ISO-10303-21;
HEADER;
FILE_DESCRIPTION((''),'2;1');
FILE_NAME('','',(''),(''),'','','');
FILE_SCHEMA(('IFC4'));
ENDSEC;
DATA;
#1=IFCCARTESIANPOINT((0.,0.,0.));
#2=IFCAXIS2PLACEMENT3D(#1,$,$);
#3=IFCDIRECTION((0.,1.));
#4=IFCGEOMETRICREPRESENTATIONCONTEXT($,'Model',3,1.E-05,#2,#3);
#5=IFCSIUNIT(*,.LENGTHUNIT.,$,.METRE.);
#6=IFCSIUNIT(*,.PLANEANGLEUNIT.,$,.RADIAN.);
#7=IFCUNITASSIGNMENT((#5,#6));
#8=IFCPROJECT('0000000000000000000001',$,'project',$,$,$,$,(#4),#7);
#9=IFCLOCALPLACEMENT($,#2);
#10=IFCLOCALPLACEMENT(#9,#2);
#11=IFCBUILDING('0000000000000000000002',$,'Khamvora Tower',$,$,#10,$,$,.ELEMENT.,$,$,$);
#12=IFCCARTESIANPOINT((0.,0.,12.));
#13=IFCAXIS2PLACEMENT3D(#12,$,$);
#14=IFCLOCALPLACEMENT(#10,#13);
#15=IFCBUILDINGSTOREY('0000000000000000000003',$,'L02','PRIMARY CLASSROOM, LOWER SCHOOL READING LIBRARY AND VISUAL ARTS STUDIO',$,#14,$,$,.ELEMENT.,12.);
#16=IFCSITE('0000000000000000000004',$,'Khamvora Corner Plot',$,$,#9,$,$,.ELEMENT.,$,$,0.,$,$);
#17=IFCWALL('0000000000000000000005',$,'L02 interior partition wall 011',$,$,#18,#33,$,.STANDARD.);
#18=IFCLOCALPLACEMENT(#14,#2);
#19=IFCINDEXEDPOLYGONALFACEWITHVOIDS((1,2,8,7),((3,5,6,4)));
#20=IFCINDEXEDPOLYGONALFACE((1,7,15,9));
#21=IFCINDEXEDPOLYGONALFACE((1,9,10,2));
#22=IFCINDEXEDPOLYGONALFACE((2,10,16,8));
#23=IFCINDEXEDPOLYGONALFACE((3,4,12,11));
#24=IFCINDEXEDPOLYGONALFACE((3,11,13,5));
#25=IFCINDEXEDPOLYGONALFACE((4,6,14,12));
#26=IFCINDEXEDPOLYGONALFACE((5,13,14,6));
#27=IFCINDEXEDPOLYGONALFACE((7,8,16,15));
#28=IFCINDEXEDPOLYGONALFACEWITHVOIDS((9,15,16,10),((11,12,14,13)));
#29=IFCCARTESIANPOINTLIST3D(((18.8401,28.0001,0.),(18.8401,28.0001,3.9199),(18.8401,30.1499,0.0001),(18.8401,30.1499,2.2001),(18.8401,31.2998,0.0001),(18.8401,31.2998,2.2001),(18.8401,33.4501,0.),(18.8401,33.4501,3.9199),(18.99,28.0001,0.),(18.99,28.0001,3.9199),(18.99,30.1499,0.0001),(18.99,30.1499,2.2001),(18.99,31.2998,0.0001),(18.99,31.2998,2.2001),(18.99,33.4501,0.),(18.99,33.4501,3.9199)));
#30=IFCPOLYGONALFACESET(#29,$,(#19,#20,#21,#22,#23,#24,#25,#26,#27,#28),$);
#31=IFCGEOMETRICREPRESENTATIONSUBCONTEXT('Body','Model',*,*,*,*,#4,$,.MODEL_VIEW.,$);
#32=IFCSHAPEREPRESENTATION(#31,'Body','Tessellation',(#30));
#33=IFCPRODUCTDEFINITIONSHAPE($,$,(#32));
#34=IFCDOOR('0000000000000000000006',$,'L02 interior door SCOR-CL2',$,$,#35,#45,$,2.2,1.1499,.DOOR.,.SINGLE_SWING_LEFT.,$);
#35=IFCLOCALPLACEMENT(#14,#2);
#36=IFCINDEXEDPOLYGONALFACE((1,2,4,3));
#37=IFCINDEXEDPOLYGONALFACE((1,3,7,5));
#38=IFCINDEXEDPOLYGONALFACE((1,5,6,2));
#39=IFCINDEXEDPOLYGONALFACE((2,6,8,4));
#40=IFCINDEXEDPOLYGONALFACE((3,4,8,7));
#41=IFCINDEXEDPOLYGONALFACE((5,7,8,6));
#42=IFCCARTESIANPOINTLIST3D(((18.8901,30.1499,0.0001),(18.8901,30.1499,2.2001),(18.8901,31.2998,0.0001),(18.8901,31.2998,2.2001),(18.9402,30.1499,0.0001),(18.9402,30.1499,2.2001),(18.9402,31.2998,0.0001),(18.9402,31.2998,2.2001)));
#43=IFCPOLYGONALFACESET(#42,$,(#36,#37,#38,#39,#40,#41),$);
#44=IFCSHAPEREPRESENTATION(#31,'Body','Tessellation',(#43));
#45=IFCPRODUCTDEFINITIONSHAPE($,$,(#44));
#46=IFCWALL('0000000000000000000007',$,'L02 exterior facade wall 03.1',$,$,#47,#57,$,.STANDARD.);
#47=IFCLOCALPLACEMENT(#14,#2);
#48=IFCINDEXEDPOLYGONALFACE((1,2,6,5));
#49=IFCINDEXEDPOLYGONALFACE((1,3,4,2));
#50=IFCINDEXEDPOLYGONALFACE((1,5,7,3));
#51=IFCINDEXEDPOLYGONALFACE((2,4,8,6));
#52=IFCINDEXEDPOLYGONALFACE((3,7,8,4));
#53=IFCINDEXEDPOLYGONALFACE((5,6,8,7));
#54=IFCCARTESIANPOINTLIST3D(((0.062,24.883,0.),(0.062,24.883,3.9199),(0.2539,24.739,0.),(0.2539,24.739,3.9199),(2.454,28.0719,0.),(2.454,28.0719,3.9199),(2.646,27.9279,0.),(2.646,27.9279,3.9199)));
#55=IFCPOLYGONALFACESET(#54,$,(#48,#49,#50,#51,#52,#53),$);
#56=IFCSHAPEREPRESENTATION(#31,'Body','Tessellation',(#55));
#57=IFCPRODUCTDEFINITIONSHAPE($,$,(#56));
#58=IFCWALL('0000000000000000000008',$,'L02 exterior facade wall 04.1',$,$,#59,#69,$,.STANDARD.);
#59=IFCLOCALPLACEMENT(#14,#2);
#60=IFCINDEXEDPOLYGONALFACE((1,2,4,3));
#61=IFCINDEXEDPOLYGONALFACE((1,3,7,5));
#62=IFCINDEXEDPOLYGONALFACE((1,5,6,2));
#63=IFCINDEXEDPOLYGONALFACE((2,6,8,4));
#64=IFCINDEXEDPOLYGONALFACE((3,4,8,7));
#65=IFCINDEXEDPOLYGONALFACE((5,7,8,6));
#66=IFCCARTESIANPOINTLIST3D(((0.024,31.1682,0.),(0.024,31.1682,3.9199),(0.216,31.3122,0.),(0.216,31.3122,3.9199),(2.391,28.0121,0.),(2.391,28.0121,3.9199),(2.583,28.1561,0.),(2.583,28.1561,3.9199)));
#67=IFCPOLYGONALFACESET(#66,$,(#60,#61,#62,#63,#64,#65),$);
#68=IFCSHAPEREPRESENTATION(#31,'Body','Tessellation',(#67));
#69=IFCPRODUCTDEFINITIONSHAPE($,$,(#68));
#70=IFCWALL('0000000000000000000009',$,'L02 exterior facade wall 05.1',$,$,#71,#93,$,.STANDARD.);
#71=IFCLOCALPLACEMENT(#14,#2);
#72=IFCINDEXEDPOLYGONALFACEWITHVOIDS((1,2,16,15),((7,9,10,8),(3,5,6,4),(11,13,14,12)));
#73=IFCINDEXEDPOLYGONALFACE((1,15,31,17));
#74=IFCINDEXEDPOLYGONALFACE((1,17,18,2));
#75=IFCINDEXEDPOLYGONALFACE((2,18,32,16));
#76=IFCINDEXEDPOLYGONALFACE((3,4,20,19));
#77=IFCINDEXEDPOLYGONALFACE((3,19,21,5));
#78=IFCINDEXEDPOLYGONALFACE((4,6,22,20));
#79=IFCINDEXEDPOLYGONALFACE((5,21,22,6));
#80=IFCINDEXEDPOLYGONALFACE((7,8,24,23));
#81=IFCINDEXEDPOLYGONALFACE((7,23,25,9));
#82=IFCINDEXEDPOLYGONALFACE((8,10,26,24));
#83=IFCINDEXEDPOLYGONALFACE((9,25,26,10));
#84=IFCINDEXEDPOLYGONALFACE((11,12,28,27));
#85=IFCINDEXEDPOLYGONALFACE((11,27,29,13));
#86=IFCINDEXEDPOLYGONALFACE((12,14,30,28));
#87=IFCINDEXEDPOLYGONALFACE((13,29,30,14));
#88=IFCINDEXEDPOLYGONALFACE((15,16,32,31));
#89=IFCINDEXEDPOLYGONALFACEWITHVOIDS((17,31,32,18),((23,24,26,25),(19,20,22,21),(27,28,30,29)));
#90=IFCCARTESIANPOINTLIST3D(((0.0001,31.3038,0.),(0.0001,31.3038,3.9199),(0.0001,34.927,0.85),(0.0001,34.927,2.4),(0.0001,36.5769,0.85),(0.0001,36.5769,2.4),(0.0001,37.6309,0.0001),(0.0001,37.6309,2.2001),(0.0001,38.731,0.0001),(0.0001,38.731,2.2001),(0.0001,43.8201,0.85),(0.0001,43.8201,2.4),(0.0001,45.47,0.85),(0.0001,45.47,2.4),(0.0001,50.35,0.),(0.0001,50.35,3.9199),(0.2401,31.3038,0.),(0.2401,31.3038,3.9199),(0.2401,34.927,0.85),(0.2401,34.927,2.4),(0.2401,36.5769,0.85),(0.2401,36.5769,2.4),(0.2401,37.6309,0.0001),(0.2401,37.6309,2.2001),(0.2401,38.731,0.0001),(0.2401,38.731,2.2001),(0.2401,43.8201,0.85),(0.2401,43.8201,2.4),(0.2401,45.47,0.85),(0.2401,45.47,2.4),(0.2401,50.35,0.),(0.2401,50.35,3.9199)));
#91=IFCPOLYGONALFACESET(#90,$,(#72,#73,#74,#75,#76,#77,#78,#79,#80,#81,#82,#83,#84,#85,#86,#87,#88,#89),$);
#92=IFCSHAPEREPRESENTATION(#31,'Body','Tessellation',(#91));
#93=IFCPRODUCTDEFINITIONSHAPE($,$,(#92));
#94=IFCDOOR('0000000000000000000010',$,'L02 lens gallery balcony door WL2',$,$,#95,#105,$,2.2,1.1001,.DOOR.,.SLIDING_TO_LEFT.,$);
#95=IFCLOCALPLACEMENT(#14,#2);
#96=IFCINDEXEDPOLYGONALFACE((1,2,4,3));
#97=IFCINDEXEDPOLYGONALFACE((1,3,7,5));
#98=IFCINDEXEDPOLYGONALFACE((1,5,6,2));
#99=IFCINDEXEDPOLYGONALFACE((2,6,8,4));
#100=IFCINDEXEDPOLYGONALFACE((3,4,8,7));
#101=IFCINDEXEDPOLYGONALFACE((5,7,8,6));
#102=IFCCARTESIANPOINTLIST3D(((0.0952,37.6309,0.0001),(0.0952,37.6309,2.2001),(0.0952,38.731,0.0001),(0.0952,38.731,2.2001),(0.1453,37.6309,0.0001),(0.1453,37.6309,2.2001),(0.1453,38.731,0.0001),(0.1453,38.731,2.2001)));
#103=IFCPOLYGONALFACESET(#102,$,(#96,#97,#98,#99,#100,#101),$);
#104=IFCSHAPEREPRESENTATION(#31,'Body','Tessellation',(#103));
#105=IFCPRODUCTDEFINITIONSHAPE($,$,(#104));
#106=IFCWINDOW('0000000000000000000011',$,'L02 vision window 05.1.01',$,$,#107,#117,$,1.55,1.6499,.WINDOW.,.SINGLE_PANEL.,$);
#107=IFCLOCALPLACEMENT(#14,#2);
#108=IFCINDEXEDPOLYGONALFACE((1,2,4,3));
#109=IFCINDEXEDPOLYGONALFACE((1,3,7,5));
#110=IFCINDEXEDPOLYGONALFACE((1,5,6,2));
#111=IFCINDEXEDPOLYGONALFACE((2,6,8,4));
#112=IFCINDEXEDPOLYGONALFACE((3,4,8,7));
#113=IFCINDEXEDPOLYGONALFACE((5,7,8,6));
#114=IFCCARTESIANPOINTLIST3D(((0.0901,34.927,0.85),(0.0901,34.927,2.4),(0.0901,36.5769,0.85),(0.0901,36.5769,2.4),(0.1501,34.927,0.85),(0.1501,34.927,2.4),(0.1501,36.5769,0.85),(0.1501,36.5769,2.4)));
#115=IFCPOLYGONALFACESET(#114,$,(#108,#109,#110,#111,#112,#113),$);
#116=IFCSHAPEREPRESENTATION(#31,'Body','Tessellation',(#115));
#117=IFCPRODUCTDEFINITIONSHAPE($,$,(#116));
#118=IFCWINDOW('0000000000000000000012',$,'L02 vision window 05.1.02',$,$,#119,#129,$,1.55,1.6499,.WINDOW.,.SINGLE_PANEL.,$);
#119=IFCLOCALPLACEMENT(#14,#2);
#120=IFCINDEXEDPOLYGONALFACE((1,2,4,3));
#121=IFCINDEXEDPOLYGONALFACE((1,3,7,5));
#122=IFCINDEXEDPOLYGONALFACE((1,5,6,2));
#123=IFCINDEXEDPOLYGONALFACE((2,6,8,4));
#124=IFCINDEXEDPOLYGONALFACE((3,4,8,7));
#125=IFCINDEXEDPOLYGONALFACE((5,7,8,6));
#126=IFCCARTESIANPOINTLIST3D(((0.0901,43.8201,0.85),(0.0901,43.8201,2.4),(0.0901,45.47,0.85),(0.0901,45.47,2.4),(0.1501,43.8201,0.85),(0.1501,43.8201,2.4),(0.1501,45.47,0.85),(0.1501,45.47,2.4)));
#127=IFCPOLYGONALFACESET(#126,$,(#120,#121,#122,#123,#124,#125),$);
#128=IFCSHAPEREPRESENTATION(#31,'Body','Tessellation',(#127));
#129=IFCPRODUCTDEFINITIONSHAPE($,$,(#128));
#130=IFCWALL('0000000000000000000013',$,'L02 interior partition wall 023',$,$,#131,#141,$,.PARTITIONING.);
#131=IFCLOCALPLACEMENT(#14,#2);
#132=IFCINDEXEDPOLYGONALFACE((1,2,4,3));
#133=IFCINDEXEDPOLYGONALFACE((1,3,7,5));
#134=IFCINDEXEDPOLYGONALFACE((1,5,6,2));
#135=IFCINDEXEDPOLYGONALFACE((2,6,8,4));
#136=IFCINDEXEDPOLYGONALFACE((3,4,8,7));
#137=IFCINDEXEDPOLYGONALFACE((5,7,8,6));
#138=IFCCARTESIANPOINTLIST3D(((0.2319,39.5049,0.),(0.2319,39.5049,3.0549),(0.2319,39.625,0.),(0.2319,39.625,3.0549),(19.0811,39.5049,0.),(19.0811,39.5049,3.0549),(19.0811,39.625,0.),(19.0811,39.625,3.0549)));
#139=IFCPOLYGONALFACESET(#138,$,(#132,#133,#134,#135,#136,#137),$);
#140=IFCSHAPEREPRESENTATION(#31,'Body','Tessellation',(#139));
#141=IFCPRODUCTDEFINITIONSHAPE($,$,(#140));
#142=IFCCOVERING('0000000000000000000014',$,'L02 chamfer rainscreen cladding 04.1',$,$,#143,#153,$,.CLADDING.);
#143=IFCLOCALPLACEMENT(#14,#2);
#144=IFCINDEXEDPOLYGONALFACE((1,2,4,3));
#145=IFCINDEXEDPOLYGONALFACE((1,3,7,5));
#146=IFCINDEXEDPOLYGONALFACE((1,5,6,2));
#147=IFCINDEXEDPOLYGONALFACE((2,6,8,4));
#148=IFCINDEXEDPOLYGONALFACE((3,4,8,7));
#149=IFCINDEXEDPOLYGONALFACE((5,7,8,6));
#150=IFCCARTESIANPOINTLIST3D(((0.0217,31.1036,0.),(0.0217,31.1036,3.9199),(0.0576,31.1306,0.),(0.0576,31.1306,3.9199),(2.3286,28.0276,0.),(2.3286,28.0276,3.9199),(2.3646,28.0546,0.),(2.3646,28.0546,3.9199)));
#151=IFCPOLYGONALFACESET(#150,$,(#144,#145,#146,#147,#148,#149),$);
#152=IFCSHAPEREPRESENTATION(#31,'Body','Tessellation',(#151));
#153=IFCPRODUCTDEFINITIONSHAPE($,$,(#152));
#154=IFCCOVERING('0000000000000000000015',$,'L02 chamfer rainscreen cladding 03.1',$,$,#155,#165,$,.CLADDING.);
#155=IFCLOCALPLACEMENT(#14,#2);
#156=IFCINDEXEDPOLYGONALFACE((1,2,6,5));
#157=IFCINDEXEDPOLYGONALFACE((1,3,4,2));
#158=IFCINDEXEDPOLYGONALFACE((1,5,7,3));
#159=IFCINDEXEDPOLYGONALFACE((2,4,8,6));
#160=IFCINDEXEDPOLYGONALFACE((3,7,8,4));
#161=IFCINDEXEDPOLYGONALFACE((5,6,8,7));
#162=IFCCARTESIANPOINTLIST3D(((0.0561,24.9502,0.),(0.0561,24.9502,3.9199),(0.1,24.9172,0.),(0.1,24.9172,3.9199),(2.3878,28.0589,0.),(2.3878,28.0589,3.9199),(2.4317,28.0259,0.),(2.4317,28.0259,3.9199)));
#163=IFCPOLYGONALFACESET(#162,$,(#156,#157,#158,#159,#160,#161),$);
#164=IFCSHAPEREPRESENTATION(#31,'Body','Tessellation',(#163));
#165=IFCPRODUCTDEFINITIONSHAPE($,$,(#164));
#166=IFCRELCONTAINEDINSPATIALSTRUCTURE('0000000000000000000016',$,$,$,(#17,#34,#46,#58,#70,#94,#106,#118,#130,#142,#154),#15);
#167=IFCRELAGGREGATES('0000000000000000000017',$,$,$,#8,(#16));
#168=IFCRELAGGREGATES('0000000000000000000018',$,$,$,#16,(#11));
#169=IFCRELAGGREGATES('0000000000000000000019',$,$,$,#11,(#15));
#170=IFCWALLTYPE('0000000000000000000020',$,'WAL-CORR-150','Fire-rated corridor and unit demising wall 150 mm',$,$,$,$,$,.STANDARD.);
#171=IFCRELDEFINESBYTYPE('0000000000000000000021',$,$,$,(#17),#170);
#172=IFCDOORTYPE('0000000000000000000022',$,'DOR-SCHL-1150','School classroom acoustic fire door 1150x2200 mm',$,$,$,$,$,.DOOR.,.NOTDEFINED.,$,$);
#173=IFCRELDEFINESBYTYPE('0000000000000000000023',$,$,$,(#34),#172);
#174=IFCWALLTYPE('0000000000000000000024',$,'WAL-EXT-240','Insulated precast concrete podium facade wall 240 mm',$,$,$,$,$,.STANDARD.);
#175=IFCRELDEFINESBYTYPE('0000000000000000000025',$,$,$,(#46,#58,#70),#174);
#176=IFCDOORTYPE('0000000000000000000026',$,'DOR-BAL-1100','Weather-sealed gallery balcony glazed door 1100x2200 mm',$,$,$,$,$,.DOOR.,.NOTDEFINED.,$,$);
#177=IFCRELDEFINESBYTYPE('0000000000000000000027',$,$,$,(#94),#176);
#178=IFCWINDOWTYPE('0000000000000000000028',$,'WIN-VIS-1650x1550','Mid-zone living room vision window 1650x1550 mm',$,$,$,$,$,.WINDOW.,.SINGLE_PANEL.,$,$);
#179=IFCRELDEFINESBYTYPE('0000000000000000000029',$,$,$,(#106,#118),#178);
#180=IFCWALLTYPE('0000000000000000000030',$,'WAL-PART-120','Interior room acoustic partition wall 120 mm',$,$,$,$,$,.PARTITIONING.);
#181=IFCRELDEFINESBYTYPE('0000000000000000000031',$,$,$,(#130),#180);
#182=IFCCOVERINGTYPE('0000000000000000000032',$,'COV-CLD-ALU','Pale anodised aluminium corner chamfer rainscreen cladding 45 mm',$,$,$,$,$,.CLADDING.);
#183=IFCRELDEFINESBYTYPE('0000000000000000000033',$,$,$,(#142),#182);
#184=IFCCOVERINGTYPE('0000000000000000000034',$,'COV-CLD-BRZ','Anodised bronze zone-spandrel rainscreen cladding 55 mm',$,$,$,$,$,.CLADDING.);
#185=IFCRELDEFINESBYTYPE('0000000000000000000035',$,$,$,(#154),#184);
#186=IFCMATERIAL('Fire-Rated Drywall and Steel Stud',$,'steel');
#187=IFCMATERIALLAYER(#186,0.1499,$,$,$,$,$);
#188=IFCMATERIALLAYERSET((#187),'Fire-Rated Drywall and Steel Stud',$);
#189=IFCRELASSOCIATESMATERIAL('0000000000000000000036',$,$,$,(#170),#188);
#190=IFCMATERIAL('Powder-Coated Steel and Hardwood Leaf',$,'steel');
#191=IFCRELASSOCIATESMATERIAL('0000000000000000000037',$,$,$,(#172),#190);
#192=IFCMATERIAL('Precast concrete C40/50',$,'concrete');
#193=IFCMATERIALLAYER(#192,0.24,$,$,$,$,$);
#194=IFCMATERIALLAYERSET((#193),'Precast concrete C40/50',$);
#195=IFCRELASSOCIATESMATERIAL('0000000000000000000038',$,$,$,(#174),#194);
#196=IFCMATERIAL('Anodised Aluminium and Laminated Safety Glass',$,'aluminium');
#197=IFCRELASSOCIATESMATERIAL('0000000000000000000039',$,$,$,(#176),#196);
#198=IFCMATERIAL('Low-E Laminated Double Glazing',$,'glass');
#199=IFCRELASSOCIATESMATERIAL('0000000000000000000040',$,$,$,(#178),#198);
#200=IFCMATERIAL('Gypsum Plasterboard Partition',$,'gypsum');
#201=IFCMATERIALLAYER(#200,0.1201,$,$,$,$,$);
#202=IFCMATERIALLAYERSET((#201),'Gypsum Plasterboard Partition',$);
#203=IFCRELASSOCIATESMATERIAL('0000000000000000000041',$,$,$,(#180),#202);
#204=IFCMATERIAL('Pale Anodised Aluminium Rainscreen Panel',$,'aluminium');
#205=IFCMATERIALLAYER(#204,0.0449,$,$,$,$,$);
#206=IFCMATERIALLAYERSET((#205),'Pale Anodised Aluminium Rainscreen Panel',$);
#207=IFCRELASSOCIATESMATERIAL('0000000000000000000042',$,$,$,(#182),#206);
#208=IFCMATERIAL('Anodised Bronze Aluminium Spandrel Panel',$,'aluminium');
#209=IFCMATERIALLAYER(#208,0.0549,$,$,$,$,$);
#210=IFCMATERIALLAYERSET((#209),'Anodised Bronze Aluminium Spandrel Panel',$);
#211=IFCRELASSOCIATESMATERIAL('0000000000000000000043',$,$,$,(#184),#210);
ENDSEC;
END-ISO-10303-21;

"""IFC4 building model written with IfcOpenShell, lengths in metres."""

from ifc_helpers import new_model, si_unit, direction, frame, frame_2d, origin, origin_2d, place, context, subcontext, project, spatial, rectangle, extrude, material, layer, layer_set, type_object, element, fill, save


model = new_model("IFC4")

# Units and contexts
model_context = context("Model", 3, precision=1e-05, world=origin(), true_north=direction((0.0, 1.0)))
body_context = subcontext(model_context, "Body", "Model", "MODEL_VIEW")
ifc_project = project(units=[si_unit("LENGTHUNIT", "METRE"), si_unit("PLANEANGLEUNIT", "RADIAN")], contexts=[model_context])

# Site, building, storey
site_placement = place(None, origin())
site = spatial("IfcSite", under=ifc_project, at=site_placement, Name="Khamvora Corner Plot", CompositionType="ELEMENT", RefElevation=0.0)
building_placement = place(site_placement, origin())
building = spatial("IfcBuilding", under=site, at=building_placement, Name="Khamvora Tower", CompositionType="ELEMENT")
storey_placement = place(building_placement, frame((0.0, 0.0, 12.0)))
storey = spatial("IfcBuildingStorey", under=building, at=storey_placement, Name="L02", Description="PRIMARY CLASSROOM, LOWER SCHOOL READING LIBRARY AND VISUAL ARTS STUDIO", CompositionType="ELEMENT", Elevation=12.0)

# Wall, opening, door
ifc_material_1 = material(Name="Fire-Rated Drywall and Steel Stud", Category="steel")
ifc_layer_1 = layer(ifc_material_1, 0.1499)
ifc_layer_set_1 = layer_set([ifc_layer_1], Name="Fire-Rated Drywall and Steel Stud")
wall_type_1 = type_object("IfcWallType", Name="WAL-CORR-150", Description="Fire-rated corridor and unit demising wall 150 mm", PredefinedType="STANDARD", material=ifc_layer_set_1)
wall_1_placement = place(storey_placement, frame((18.915, 28.0, 0.0), z_axis=(0.0, 0.0, 1.0), x_axis=(0.0, 1.0, 0.0)))
wall_1 = element("IfcWall", 1, at=wall_1_placement, inside=storey, type_object=wall_type_1, Name="L02 interior partition wall 011", PredefinedType="STANDARD", context=body_context, shape_type="SweptSolid", body=[
    extrude(rectangle(XDim=5.45, YDim=0.1499, at=frame_2d((2.7251, 0.0))), origin(), (0.0, 0.0, 1.0), 3.9199),
])
opening_1_placement = place(wall_1_placement, frame((2.1499, 0.0, 0.0)))
opening_1 = element("IfcOpeningElement", 2, at=opening_1_placement, cuts=wall_1, PredefinedType="OPENING", context=body_context, shape_type="SweptSolid", body=[
    extrude(rectangle(XDim=1.1499, YDim=2.2, at=frame_2d((0.575, 1.1001))), frame((0.0, 0.085, 0.0), z_axis=(0.0, -1.0, 0.0), x_axis=(1.0, 0.0, 0.0)), (0.0, 0.0, 1.0), 0.1699),
])
ifc_material_2 = material(Name="Powder-Coated Steel and Hardwood Leaf", Category="steel")
door_type_1 = type_object("IfcDoorType", Name="DOR-SCHL-1150", Description="School classroom acoustic fire door 1150x2200 mm", OperationType="NOTDEFINED", PredefinedType="DOOR", material=ifc_material_2)
door_1_placement = place(opening_1_placement, origin())
door_1 = element("IfcDoor", 3, at=door_1_placement, inside=storey, type_object=door_type_1, Name="L02 interior door SCOR-CL2", OperationType="SINGLE_SWING_LEFT", OverallHeight=2.2, OverallWidth=1.1499, PredefinedType="DOOR", context=body_context, shape_type="SweptSolid", body=[
    extrude(rectangle(XDim=1.1499, YDim=2.2, at=frame_2d((0.575, 1.1001))), frame((0.0, 0.0249, 0.0), z_axis=(0.0, -1.0, 0.0), x_axis=(1.0, 0.0, 0.0)), (0.0, 0.0, 1.0), 0.05),
])
fill(opening_1, door_1)

# Walls
ifc_material_3 = material(Name="Precast concrete C40/50", Category="concrete")
ifc_layer_2 = layer(ifc_material_3, 0.24)
ifc_layer_set_2 = layer_set([ifc_layer_2], Name="Precast concrete C40/50")
wall_type_2 = type_object("IfcWallType", Name="WAL-EXT-240", Description="Insulated precast concrete podium facade wall 240 mm", PredefinedType="STANDARD", material=ifc_layer_set_2)
wall_2_placement = place(storey_placement, frame((0.158, 24.811, 0.0), z_axis=(0.0, 0.0, 1.0), x_axis=(0.600059, 0.799956, 0.0)))
element("IfcWall", 4, at=wall_2_placement, inside=storey, type_object=wall_type_2, Name="L02 exterior facade wall 03.1", PredefinedType="STANDARD", context=body_context, shape_type="SweptSolid", body=[
    extrude(rectangle(XDim=3.9863, YDim=0.24, at=frame_2d((1.9932, 0.0))), origin(), (0.0, 0.0, 1.0), 3.9199),
])
wall_3_placement = place(storey_placement, frame((2.4871, 28.084, 0.0), z_axis=(0.0, 0.0, 1.0), x_axis=(-0.59999, 0.800007, 0.0)))
element("IfcWall", 5, at=wall_3_placement, inside=storey, type_object=wall_type_2, Name="L02 exterior facade wall 04.1", PredefinedType="STANDARD", context=body_context, shape_type="SweptSolid", body=[
    extrude(rectangle(XDim=3.9451, YDim=0.24, at=frame_2d((1.9727, 0.0))), origin(), (0.0, 0.0, 1.0), 3.9199),
])

# Wall, openings, door, windows
wall_4_placement = place(storey_placement, frame((0.1201, 31.304, 0.0), z_axis=(0.0, 0.0, 1.0), x_axis=(0.0, 1.0, 0.0)))
wall_4 = element("IfcWall", 6, at=wall_4_placement, inside=storey, type_object=wall_type_2, Name="L02 exterior facade wall 05.1", PredefinedType="STANDARD", context=body_context, shape_type="SweptSolid", body=[
    extrude(rectangle(XDim=19.0461, YDim=0.24, at=frame_2d((9.5229, 0.0))), origin(), (0.0, 0.0, 1.0), 3.9199),
])
opening_2_placement = place(wall_4_placement, frame((6.3269, 0.0, 0.0)))
opening_2 = element("IfcOpeningElement", 7, at=opening_2_placement, cuts=wall_4, PredefinedType="OPENING", context=body_context, shape_type="SweptSolid", body=[
    extrude(rectangle(XDim=1.1001, YDim=2.2, at=frame_2d((0.55, 1.1001))), frame((0.0, 0.1299, 0.0), z_axis=(0.0, -1.0, 0.0), x_axis=(1.0, 0.0, 0.0)), (0.0, 0.0, 1.0), 0.26),
])
opening_3_placement = place(wall_4_placement, frame((3.623, 0.0, 0.8501)))
opening_3 = element("IfcOpeningElement", 8, at=opening_3_placement, cuts=wall_4, PredefinedType="OPENING", context=body_context, shape_type="SweptSolid", body=[
    extrude(rectangle(XDim=1.6499, YDim=1.55, at=frame_2d((0.825, 0.7749))), frame((0.0, 0.1299, 0.0), z_axis=(0.0, -1.0, 0.0), x_axis=(1.0, 0.0, 0.0)), (0.0, 0.0, 1.0), 0.26),
])
opening_4_placement = place(wall_4_placement, frame((12.5161, 0.0, 0.8501)))
opening_4 = element("IfcOpeningElement", 9, at=opening_4_placement, cuts=wall_4, PredefinedType="OPENING", context=body_context, shape_type="SweptSolid", body=[
    extrude(rectangle(XDim=1.6499, YDim=1.55, at=frame_2d((0.825, 0.7749))), frame((0.0, 0.1299, 0.0), z_axis=(0.0, -1.0, 0.0), x_axis=(1.0, 0.0, 0.0)), (0.0, 0.0, 1.0), 0.26),
])
ifc_material_4 = material(Name="Anodised Aluminium and Laminated Safety Glass", Category="aluminium")
door_type_2 = type_object("IfcDoorType", Name="DOR-BAL-1100", Description="Weather-sealed gallery balcony glazed door 1100x2200 mm", OperationType="NOTDEFINED", PredefinedType="DOOR", material=ifc_material_4)
door_2_placement = place(opening_2_placement, origin())
door_2 = element("IfcDoor", 10, at=door_2_placement, inside=storey, type_object=door_type_2, Name="L02 lens gallery balcony door WL2", OperationType="SLIDING_TO_LEFT", OverallHeight=2.2, OverallWidth=1.1001, PredefinedType="DOOR", context=body_context, shape_type="SweptSolid", body=[
    extrude(rectangle(XDim=1.1001, YDim=2.2, at=frame_2d((0.55, 1.1001))), frame((0.0, 0.0249, 0.0), z_axis=(0.0, -1.0, 0.0), x_axis=(1.0, 0.0, 0.0)), (0.0, 0.0, 1.0), 0.05),
])
fill(opening_2, door_2)
ifc_material_5 = material(Name="Low-E Laminated Double Glazing", Category="glass")
window_type = type_object("IfcWindowType", Name="WIN-VIS-1650x1550", Description="Mid-zone living room vision window 1650x1550 mm", PartitioningType="SINGLE_PANEL", PredefinedType="WINDOW", material=ifc_material_5)
window_1_placement = place(opening_3_placement, origin())
window_1 = element("IfcWindow", 11, at=window_1_placement, inside=storey, type_object=window_type, Name="L02 vision window 05.1.01", OverallHeight=1.55, OverallWidth=1.6499, PartitioningType="SINGLE_PANEL", PredefinedType="WINDOW", context=body_context, shape_type="SweptSolid", body=[
    extrude(rectangle(XDim=1.6499, YDim=1.55, at=frame_2d((0.825, 0.7749))), frame((0.0, 0.03, 0.0), z_axis=(0.0, -1.0, 0.0), x_axis=(1.0, 0.0, 0.0)), (0.0, 0.0, 1.0), 0.0601),
])
fill(opening_3, window_1)
window_2_placement = place(opening_4_placement, origin())
window_2 = element("IfcWindow", 12, at=window_2_placement, inside=storey, type_object=window_type, Name="L02 vision window 05.1.02", OverallHeight=1.55, OverallWidth=1.6499, PartitioningType="SINGLE_PANEL", PredefinedType="WINDOW", context=body_context, shape_type="SweptSolid", body=[
    extrude(rectangle(XDim=1.6499, YDim=1.55, at=frame_2d((0.825, 0.7749))), frame((0.0, 0.03, 0.0), z_axis=(0.0, -1.0, 0.0), x_axis=(1.0, 0.0, 0.0)), (0.0, 0.0, 1.0), 0.0601),
])
fill(opening_4, window_2)

# Wall
ifc_material_6 = material(Name="Gypsum Plasterboard Partition", Category="gypsum")
ifc_layer_3 = layer(ifc_material_6, 0.1201)
ifc_layer_set_3 = layer_set([ifc_layer_3], Name="Gypsum Plasterboard Partition")
wall_type_3 = type_object("IfcWallType", Name="WAL-PART-120", Description="Interior room acoustic partition wall 120 mm", PredefinedType="PARTITIONING", material=ifc_layer_set_3)
wall_5_placement = place(storey_placement, frame((0.2319, 39.5649, 0.0), z_axis=(0.0, 0.0, 1.0), x_axis=(1.0, 0.0, 0.0)))
element("IfcWall", 13, at=wall_5_placement, inside=storey, type_object=wall_type_3, Name="L02 interior partition wall 023", PredefinedType="PARTITIONING", context=body_context, shape_type="SweptSolid", body=[
    extrude(rectangle(XDim=18.8491, YDim=0.1201, at=frame_2d((9.4246, 0.0))), origin(), (0.0, 0.0, 1.0), 3.0549),
])

# Coverings
ifc_material_7 = material(Name="Pale Anodised Aluminium Rainscreen Panel", Category="aluminium")
ifc_layer_4 = layer(ifc_material_7, 0.0449)
ifc_layer_set_4 = layer_set([ifc_layer_4], Name="Pale Anodised Aluminium Rainscreen Panel")
covering_type_1 = type_object("IfcCoveringType", Name="COV-CLD-ALU", Description="Pale anodised aluminium corner chamfer rainscreen cladding 45 mm", PredefinedType="CLADDING", material=ifc_layer_set_4)
covering_1_placement = place(storey_placement, frame((1.1931, 29.5791, 0.0), z_axis=(0.0, 0.0, 1.0), x_axis=(-0.6, 0.8, 0.0)))
element("IfcCovering", 14, at=covering_1_placement, inside=storey, type_object=covering_type_1, Name="L02 chamfer rainscreen cladding 04.1", PredefinedType="CLADDING", context=body_context, shape_type="SweptSolid", body=[
    extrude(rectangle(XDim=3.845, YDim=0.0449, at=origin_2d()), origin(), (0.0, 0.0, 1.0), 3.9199),
])
ifc_material_8 = material(Name="Anodised Bronze Aluminium Spandrel Panel", Category="aluminium")
ifc_layer_5 = layer(ifc_material_8, 0.0549)
ifc_layer_set_5 = layer_set([ifc_layer_5], Name="Anodised Bronze Aluminium Spandrel Panel")
covering_type_2 = type_object("IfcCoveringType", Name="COV-CLD-BRZ", Description="Anodised bronze zone-spandrel rainscreen cladding 55 mm", PredefinedType="CLADDING", material=ifc_layer_set_5)
covering_2_placement = place(storey_placement, frame((1.2439, 26.488, 0.0), z_axis=(0.0, 0.0, 1.0), x_axis=(0.60004, 0.79997, 0.0)))
element("IfcCovering", 15, at=covering_2_placement, inside=storey, type_object=covering_type_2, Name="L02 chamfer rainscreen cladding 03.1", PredefinedType="CLADDING", context=body_context, shape_type="SweptSolid", body=[
    extrude(rectangle(XDim=3.886, YDim=0.0549, at=origin_2d()), origin(), (0.0, 0.0, 1.0), 3.9199),
])

save(model, "model.ifc")
